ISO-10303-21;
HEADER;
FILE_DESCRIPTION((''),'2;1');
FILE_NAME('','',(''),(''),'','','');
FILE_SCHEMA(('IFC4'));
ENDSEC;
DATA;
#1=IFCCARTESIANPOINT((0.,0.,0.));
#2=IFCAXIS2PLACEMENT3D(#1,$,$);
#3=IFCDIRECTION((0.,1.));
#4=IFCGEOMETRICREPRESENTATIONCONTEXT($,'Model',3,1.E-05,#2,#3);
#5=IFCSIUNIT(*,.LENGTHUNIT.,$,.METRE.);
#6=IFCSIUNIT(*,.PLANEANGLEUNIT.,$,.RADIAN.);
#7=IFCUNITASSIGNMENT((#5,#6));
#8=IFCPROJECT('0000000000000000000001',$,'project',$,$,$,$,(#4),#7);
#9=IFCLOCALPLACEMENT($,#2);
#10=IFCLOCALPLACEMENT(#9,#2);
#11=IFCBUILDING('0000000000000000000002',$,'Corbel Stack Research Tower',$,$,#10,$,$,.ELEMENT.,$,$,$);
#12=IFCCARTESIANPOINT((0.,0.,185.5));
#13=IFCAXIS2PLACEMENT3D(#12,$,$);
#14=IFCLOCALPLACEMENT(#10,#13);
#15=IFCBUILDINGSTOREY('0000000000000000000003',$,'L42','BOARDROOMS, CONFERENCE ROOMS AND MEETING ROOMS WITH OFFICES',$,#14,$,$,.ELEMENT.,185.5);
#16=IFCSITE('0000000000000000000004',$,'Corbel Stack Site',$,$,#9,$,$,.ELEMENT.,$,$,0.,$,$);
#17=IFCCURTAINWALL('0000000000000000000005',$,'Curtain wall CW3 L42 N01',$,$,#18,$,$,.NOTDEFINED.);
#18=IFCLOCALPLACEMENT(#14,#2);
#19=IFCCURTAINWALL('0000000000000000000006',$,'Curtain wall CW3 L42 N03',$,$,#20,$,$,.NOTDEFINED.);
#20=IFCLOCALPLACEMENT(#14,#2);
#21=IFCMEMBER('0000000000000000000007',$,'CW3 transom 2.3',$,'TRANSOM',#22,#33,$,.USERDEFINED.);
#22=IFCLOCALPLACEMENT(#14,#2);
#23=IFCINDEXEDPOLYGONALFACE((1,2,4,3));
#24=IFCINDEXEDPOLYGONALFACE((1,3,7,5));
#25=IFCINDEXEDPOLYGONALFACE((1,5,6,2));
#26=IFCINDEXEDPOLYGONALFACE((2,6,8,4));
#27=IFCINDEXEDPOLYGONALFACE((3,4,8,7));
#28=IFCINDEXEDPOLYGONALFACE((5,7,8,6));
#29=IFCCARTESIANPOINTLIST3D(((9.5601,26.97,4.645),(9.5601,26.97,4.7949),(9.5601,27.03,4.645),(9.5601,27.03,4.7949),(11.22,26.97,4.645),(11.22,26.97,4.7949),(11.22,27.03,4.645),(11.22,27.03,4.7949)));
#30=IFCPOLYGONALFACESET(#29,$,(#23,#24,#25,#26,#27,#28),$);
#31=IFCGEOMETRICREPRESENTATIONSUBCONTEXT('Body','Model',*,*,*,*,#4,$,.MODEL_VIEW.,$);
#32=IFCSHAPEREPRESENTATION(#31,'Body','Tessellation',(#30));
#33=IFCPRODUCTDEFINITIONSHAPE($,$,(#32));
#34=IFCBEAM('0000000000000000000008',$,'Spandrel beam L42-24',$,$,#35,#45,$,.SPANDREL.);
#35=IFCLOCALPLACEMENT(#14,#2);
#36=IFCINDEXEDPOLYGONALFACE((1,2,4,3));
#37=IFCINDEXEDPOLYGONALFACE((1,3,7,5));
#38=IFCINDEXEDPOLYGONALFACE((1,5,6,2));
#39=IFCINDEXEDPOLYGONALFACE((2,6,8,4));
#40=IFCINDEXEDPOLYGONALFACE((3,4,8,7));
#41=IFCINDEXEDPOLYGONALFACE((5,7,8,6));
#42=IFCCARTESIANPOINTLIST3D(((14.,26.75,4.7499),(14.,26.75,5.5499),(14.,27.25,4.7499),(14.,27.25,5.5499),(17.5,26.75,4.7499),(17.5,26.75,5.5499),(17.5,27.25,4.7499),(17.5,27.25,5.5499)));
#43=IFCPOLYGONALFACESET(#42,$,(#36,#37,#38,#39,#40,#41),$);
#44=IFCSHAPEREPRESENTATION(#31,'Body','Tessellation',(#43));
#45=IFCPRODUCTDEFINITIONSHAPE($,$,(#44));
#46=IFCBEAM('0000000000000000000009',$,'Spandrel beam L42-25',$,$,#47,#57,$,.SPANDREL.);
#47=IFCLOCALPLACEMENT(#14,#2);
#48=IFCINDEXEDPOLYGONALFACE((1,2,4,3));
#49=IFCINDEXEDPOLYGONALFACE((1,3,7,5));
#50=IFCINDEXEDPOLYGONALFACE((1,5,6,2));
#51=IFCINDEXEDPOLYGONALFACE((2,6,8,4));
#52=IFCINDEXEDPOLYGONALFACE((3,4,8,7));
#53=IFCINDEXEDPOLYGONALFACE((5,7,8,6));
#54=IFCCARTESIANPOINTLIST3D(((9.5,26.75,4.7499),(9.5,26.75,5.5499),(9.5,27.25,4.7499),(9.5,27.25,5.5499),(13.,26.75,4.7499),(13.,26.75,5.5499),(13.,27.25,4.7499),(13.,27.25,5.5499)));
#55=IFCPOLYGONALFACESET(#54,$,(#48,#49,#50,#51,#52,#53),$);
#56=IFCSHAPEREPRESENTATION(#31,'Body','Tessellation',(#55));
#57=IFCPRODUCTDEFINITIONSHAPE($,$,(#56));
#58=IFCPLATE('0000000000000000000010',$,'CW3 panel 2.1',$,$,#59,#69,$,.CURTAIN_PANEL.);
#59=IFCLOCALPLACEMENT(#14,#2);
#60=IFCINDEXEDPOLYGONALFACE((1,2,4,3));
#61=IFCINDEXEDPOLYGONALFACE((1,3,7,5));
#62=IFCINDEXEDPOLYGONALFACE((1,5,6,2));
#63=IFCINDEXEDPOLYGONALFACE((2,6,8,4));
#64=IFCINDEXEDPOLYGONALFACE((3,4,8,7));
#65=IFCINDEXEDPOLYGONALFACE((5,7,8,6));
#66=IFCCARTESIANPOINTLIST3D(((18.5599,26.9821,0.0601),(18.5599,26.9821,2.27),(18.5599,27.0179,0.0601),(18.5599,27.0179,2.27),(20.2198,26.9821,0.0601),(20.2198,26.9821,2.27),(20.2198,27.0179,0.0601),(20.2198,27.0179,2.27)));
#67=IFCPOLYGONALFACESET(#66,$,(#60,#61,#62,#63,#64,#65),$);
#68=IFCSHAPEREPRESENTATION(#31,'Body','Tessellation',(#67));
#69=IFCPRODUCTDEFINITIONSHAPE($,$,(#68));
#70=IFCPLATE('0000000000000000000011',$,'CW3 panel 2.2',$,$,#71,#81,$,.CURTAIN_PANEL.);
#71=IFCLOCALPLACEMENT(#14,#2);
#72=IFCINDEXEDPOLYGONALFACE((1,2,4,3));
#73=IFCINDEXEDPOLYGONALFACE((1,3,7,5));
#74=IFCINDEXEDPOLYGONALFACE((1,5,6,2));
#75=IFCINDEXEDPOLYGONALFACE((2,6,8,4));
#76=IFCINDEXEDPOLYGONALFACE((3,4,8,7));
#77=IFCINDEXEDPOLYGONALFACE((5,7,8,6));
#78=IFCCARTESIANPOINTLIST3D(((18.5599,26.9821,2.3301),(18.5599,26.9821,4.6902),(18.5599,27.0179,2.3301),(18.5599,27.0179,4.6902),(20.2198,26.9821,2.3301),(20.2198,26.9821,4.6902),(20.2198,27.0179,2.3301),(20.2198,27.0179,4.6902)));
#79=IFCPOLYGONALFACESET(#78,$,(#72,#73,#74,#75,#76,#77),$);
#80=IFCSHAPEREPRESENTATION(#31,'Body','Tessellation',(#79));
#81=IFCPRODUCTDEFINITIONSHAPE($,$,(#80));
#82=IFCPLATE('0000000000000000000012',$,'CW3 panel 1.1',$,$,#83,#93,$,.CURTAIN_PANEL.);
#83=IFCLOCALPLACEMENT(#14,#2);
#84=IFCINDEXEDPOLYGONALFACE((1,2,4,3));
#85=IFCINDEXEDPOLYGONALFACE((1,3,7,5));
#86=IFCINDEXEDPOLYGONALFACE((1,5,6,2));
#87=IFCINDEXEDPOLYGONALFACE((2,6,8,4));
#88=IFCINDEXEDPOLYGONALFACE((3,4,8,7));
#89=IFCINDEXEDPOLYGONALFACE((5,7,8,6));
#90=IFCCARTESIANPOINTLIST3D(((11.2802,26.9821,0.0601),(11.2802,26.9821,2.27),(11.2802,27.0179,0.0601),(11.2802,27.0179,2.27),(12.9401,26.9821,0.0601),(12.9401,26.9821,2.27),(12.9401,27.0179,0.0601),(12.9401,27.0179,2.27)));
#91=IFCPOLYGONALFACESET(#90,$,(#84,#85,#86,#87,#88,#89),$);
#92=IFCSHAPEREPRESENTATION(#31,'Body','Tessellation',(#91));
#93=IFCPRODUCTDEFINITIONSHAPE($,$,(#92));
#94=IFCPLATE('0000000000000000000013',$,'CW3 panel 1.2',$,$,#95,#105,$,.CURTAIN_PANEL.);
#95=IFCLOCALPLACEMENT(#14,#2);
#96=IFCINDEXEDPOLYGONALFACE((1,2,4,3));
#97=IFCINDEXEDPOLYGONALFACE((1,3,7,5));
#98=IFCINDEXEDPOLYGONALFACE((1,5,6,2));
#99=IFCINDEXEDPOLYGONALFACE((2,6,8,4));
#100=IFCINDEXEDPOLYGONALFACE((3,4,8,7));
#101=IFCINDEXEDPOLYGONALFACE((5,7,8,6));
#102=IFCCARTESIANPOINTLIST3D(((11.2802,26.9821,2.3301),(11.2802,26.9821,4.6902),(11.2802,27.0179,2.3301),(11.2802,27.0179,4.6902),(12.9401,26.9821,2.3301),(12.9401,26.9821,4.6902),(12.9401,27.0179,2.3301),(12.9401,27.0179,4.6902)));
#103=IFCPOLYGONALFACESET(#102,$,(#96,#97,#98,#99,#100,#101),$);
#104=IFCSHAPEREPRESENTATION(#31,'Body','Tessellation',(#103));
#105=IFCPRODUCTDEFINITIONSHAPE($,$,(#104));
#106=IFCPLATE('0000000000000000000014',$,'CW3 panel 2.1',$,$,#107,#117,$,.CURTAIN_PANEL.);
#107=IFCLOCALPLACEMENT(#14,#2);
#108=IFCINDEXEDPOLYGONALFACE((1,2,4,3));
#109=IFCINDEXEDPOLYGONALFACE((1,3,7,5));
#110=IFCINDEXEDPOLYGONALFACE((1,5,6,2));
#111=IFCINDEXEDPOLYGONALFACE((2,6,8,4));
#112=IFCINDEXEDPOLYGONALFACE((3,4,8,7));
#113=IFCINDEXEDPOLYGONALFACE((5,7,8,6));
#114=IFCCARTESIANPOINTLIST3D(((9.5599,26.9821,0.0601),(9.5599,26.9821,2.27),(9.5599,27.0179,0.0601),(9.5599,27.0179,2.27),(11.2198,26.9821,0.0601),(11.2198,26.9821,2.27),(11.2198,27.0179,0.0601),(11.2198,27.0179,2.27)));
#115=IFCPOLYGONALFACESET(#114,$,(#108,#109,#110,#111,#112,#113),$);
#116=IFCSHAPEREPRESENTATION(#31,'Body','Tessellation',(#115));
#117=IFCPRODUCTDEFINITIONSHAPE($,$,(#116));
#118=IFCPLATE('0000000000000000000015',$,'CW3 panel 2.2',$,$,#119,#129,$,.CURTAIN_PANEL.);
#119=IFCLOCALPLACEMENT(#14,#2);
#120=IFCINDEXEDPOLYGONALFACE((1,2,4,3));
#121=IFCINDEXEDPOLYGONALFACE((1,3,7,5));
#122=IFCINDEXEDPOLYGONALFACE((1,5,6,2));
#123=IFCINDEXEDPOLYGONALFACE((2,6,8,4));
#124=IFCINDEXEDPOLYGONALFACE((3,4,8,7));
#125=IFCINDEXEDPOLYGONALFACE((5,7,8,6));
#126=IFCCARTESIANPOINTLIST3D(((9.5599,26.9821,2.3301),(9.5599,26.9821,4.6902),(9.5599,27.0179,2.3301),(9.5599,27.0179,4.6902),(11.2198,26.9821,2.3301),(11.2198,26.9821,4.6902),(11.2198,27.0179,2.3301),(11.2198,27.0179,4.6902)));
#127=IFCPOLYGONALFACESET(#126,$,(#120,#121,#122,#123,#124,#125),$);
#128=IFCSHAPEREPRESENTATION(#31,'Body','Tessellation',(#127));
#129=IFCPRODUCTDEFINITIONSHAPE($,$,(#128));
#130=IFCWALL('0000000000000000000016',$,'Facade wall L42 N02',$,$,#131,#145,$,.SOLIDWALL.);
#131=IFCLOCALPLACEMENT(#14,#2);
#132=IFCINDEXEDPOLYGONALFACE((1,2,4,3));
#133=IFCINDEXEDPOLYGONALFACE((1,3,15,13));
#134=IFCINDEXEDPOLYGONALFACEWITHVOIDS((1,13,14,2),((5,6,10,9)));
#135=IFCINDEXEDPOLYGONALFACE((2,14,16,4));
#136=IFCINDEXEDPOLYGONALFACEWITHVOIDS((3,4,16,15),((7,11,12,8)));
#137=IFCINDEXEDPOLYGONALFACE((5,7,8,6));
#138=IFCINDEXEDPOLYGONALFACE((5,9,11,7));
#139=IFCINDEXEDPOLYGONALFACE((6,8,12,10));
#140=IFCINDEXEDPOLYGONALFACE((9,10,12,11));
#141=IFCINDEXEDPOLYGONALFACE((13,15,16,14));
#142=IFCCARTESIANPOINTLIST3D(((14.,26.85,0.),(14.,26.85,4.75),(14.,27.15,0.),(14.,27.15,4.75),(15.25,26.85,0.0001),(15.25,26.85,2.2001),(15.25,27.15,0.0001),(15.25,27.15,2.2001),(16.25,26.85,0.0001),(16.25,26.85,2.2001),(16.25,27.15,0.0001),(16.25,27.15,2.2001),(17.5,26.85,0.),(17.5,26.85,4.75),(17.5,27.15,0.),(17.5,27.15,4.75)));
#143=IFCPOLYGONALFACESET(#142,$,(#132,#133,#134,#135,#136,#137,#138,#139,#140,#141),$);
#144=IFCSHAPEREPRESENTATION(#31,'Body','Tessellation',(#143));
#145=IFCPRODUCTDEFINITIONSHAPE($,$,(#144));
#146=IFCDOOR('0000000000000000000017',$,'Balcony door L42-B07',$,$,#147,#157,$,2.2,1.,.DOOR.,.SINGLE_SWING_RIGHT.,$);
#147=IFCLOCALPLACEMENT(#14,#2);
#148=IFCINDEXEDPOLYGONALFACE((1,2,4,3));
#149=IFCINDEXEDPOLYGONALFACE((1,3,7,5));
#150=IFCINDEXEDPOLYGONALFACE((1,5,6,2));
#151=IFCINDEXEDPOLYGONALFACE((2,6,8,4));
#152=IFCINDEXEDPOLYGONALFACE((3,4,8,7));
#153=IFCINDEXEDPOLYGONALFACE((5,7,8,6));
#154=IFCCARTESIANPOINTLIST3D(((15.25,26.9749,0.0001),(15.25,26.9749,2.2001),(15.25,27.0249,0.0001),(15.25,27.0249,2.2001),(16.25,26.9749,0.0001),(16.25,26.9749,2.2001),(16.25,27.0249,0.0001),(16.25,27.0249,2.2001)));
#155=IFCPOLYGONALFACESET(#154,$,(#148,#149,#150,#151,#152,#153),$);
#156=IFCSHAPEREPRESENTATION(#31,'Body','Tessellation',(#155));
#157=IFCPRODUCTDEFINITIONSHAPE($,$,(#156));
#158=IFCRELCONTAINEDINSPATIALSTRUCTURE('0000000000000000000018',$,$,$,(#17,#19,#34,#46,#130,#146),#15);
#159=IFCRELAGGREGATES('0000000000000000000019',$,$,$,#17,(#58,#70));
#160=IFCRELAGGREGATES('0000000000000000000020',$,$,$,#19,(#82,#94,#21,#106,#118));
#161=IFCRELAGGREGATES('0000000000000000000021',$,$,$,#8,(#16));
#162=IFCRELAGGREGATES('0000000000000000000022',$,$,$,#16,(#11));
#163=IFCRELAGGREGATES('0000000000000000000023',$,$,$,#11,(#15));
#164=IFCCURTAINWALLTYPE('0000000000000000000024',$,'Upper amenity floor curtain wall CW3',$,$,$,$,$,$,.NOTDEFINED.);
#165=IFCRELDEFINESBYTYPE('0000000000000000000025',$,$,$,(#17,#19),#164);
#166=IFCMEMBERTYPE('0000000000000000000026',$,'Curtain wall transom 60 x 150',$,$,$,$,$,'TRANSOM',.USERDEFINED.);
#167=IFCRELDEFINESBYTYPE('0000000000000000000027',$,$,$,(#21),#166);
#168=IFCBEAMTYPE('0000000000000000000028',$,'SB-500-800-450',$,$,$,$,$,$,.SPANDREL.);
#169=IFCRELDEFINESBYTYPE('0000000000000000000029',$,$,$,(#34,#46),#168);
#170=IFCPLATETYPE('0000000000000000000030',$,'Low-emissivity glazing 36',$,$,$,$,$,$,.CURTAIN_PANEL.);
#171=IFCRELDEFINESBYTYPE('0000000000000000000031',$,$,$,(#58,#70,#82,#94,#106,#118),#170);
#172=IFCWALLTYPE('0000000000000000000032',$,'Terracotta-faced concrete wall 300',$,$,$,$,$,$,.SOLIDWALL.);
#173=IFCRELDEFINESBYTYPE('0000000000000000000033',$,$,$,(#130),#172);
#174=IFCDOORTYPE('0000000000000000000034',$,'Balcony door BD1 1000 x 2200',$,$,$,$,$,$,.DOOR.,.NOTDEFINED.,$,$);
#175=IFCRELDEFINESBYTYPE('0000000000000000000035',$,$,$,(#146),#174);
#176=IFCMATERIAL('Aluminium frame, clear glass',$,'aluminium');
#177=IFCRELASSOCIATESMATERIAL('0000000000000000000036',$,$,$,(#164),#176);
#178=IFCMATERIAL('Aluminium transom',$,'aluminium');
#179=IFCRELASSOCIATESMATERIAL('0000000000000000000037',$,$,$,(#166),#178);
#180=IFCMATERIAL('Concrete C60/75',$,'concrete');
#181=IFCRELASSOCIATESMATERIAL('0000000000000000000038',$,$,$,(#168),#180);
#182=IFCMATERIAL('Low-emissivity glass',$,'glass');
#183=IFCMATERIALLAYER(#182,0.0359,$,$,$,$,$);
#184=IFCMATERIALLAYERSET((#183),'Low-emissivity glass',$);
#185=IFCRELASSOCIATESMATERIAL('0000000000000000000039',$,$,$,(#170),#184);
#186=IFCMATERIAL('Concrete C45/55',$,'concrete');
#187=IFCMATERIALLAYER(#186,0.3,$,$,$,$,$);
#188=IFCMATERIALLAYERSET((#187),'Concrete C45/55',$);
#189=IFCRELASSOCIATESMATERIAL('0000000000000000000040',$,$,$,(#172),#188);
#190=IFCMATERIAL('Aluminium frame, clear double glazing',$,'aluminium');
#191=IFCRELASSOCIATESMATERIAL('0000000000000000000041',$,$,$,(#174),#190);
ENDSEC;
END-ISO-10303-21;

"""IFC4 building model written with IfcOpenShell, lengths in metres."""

from ifc_helpers import new_model, si_unit, direction, frame, frame_2d, origin, origin_2d, place, context, subcontext, project, spatial, rectangle, extrude, material, layer, layer_set, material_profile, profile_set, type_object, element, fill, aggregate, save


model = new_model("IFC4")

# Units and contexts
model_context = context("Model", 3, precision=1e-05, world=origin(), true_north=direction((0.0, 1.0)))
body_context = subcontext(model_context, "Body", "Model", "MODEL_VIEW")
ifc_project = project(units=[si_unit("LENGTHUNIT", "METRE"), si_unit("PLANEANGLEUNIT", "RADIAN")], contexts=[model_context])

# Site, building, storey
site_placement = place(None, origin())
site = spatial("IfcSite", under=ifc_project, at=site_placement, Name="Corbel Stack Site", CompositionType="ELEMENT", RefElevation=0.0)
building_placement = place(site_placement, origin())
building = spatial("IfcBuilding", under=site, at=building_placement, Name="Corbel Stack Research Tower", CompositionType="ELEMENT")
storey_placement = place(building_placement, frame((0.0, 0.0, 185.5)))
storey = spatial("IfcBuildingStorey", under=building, at=storey_placement, Name="L42", Description="BOARDROOMS, CONFERENCE ROOMS AND MEETING ROOMS WITH OFFICES", CompositionType="ELEMENT", Elevation=185.5)

# Curtain wall
ifc_material_1 = material(Name="Aluminium frame, clear glass", Category="aluminium")
curtain_wall_type = type_object("IfcCurtainWallType", Name="Upper amenity floor curtain wall CW3", PredefinedType="NOTDEFINED", material=ifc_material_1)
curtain_wall_1_placement = place(storey_placement, origin())
curtain_wall_1 = element("IfcCurtainWall", 1, at=curtain_wall_1_placement, inside=storey, type_object=curtain_wall_type, Name="Curtain wall CW3 L42 N01", PredefinedType="NOTDEFINED")

# Curtain wall
curtain_wall_2_placement = place(storey_placement, origin())
curtain_wall_2 = element("IfcCurtainWall", 2, at=curtain_wall_2_placement, inside=storey, type_object=curtain_wall_type, Name="Curtain wall CW3 L42 N03", PredefinedType="NOTDEFINED")

# Member
ifc_material_2 = material(Name="Aluminium transom", Category="aluminium")
ifc_material_profile_1 = material_profile(ifc_material_2, rectangle(XDim=0.0601, YDim=0.1499, at=origin_2d()), Name="Transom 60 x 150")
ifc_profile_set_1 = profile_set([ifc_material_profile_1], Name="Aluminium transom")
member_type_1 = type_object("IfcMemberType", Name="Curtain wall transom 60 x 150", ElementType="TRANSOM", PredefinedType="USERDEFINED", material=ifc_profile_set_1)
member_1_placement = place(storey_placement, frame((11.22, 27.0, 4.72), z_axis=(-1.0, 0.0, 0.0), x_axis=(0.0, -1.0, 0.0)))
member_1 = element("IfcMember", 3, at=member_1_placement, type_object=member_type_1, Name="CW3 transom 2.3", ObjectType="TRANSOM", PredefinedType="USERDEFINED", context=body_context, shape_type="SweptSolid", body=[
    extrude(rectangle(XDim=0.0601, YDim=0.1499, at=origin_2d()), origin(), (0.0, 0.0, 1.0), 1.6599),
])

# Beams
ifc_material_3 = material(Name="Concrete C60/75", Category="concrete")
ifc_material_profile_2 = material_profile(ifc_material_3, rectangle(XDim=0.5, YDim=0.8, at=origin_2d()), Name="RC 500 x 800")
ifc_profile_set_2 = profile_set([ifc_material_profile_2], Name="Concrete C60/75")
beam_type = type_object("IfcBeamType", Name="SB-500-800-450", PredefinedType="SPANDREL", material=ifc_profile_set_2)
for number, where, z_axis, x_axis, name in (
    (4, (17.5, 27.0, 5.1499), (-1.0, 0.0, 0.0), (0.0, -1.0, 0.0), "Spandrel beam L42-24"),
    (5, (13.0, 27.0, 5.1499), (-1.0, 0.0, 0.0), (0.0, -1.0, 0.0), "Spandrel beam L42-25"),
):
    element("IfcBeam", number, at=place(storey_placement, frame(where, z_axis=z_axis, x_axis=x_axis)), inside=storey, type_object=beam_type, Name=name, PredefinedType="SPANDREL", context=body_context, shape_type="SweptSolid", body=[
        extrude(rectangle(XDim=0.5, YDim=0.8, at=origin_2d()), origin(), (0.0, 0.0, 1.0), 3.5),
    ])

# Plates
ifc_material_4 = material(Name="Low-emissivity glass", Category="glass")
ifc_layer_1 = layer(ifc_material_4, 0.0359)
ifc_layer_set_1 = layer_set([ifc_layer_1], Name="Low-emissivity glass")
plate_type = type_object("IfcPlateType", Name="Low-emissivity glazing 36", PredefinedType="CURTAIN_PANEL", material=ifc_layer_set_1)
plate_1_placement = place(storey_placement, frame((19.3899, 27.0, 0.0601), z_axis=(0.0, 0.0, 1.0), x_axis=(-1.0, 0.0, 0.0)))
plate_1 = element("IfcPlate", 6, at=plate_1_placement, type_object=plate_type, Name="CW3 panel 2.1", PredefinedType="CURTAIN_PANEL", context=body_context, shape_type="SweptSolid", body=[
    extrude(rectangle(XDim=1.6599, YDim=0.0359, at=origin_2d()), origin(), (0.0, 0.0, 1.0), 2.21),
])
plate_2_placement = place(storey_placement, frame((19.3899, 27.0, 2.3301), z_axis=(0.0, 0.0, 1.0), x_axis=(-1.0, 0.0, 0.0)))
plate_2 = element("IfcPlate", 7, at=plate_2_placement, type_object=plate_type, Name="CW3 panel 2.2", PredefinedType="CURTAIN_PANEL", context=body_context, shape_type="SweptSolid", body=[
    extrude(rectangle(XDim=1.6599, YDim=0.0359, at=origin_2d()), origin(), (0.0, 0.0, 1.0), 2.3601),
])
aggregate(curtain_wall_1, [plate_1, plate_2])
plate_3_placement = place(storey_placement, frame((12.1101, 27.0, 0.0601), z_axis=(0.0, 0.0, 1.0), x_axis=(-1.0, 0.0, 0.0)))
plate_3 = element("IfcPlate", 8, at=plate_3_placement, type_object=plate_type, Name="CW3 panel 1.1", PredefinedType="CURTAIN_PANEL", context=body_context, shape_type="SweptSolid", body=[
    extrude(rectangle(XDim=1.6599, YDim=0.0359, at=origin_2d()), origin(), (0.0, 0.0, 1.0), 2.21),
])
plate_4_placement = place(storey_placement, frame((12.1101, 27.0, 2.3301), z_axis=(0.0, 0.0, 1.0), x_axis=(-1.0, 0.0, 0.0)))
plate_4 = element("IfcPlate", 9, at=plate_4_placement, type_object=plate_type, Name="CW3 panel 1.2", PredefinedType="CURTAIN_PANEL", context=body_context, shape_type="SweptSolid", body=[
    extrude(rectangle(XDim=1.6599, YDim=0.0359, at=origin_2d()), origin(), (0.0, 0.0, 1.0), 2.3601),
])
plate_5_placement = place(storey_placement, frame((10.3899, 27.0, 0.0601), z_axis=(0.0, 0.0, 1.0), x_axis=(-1.0, 0.0, 0.0)))
plate_5 = element("IfcPlate", 10, at=plate_5_placement, type_object=plate_type, Name="CW3 panel 2.1", PredefinedType="CURTAIN_PANEL", context=body_context, shape_type="SweptSolid", body=[
    extrude(rectangle(XDim=1.6599, YDim=0.0359, at=origin_2d()), origin(), (0.0, 0.0, 1.0), 2.21),
])
plate_6_placement = place(storey_placement, frame((10.3899, 27.0, 2.3301), z_axis=(0.0, 0.0, 1.0), x_axis=(-1.0, 0.0, 0.0)))
plate_6 = element("IfcPlate", 11, at=plate_6_placement, type_object=plate_type, Name="CW3 panel 2.2", PredefinedType="CURTAIN_PANEL", context=body_context, shape_type="SweptSolid", body=[
    extrude(rectangle(XDim=1.6599, YDim=0.0359, at=origin_2d()), origin(), (0.0, 0.0, 1.0), 2.3601),
])
aggregate(curtain_wall_2, [plate_3, plate_4, member_1, plate_5, plate_6])

# Wall, opening, door
ifc_material_5 = material(Name="Concrete C45/55", Category="concrete")
ifc_layer_2 = layer(ifc_material_5, 0.3)
ifc_layer_set_2 = layer_set([ifc_layer_2], Name="Concrete C45/55")
wall_type = type_object("IfcWallType", Name="Terracotta-faced concrete wall 300", PredefinedType="SOLIDWALL", material=ifc_layer_set_2)
wall_placement = place(storey_placement, frame((14.0, 27.0, 0.0), z_axis=(0.0, 0.0, 1.0), x_axis=(1.0, 0.0, 0.0)))
wall = element("IfcWall", 12, at=wall_placement, inside=storey, type_object=wall_type, Name="Facade wall L42 N02", PredefinedType="SOLIDWALL", context=body_context, shape_type="SweptSolid", body=[
    extrude(rectangle(XDim=3.5, YDim=0.3, at=frame_2d((1.75, 0.0))), origin(), (0.0, 0.0, 1.0), 4.75),
])
opening_placement = place(wall_placement, frame((1.25, 0.0, 0.0)))
opening = element("IfcOpeningElement", 13, at=opening_placement, cuts=wall, PredefinedType="OPENING", context=body_context, shape_type="SweptSolid", body=[
    extrude(rectangle(XDim=1.0, YDim=2.2, at=frame_2d((0.5, 1.1001))), frame((0.0, 0.1599, 0.0), z_axis=(0.0, -1.0, 0.0), x_axis=(1.0, 0.0, 0.0)), (0.0, 0.0, 1.0), 0.3201),
])
ifc_material_6 = material(Name="Aluminium frame, clear double glazing", Category="aluminium")
door_type = type_object("IfcDoorType", Name="Balcony door BD1 1000 x 2200", OperationType="NOTDEFINED", PredefinedType="DOOR", material=ifc_material_6)
door_placement = place(opening_placement, origin())
door = element("IfcDoor", 14, at=door_placement, inside=storey, type_object=door_type, Name="Balcony door L42-B07", OperationType="SINGLE_SWING_RIGHT", OverallHeight=2.2, OverallWidth=1.0, PredefinedType="DOOR", context=body_context, shape_type="SweptSolid", body=[
    extrude(rectangle(XDim=1.0, YDim=2.2, at=frame_2d((0.5, 1.1001))), frame((0.0, 0.0249, 0.0), z_axis=(0.0, -1.0, 0.0), x_axis=(1.0, 0.0, 0.0)), (0.0, 0.0, 1.0), 0.05),
])
fill(opening, door)

save(model, "model.ifc")
